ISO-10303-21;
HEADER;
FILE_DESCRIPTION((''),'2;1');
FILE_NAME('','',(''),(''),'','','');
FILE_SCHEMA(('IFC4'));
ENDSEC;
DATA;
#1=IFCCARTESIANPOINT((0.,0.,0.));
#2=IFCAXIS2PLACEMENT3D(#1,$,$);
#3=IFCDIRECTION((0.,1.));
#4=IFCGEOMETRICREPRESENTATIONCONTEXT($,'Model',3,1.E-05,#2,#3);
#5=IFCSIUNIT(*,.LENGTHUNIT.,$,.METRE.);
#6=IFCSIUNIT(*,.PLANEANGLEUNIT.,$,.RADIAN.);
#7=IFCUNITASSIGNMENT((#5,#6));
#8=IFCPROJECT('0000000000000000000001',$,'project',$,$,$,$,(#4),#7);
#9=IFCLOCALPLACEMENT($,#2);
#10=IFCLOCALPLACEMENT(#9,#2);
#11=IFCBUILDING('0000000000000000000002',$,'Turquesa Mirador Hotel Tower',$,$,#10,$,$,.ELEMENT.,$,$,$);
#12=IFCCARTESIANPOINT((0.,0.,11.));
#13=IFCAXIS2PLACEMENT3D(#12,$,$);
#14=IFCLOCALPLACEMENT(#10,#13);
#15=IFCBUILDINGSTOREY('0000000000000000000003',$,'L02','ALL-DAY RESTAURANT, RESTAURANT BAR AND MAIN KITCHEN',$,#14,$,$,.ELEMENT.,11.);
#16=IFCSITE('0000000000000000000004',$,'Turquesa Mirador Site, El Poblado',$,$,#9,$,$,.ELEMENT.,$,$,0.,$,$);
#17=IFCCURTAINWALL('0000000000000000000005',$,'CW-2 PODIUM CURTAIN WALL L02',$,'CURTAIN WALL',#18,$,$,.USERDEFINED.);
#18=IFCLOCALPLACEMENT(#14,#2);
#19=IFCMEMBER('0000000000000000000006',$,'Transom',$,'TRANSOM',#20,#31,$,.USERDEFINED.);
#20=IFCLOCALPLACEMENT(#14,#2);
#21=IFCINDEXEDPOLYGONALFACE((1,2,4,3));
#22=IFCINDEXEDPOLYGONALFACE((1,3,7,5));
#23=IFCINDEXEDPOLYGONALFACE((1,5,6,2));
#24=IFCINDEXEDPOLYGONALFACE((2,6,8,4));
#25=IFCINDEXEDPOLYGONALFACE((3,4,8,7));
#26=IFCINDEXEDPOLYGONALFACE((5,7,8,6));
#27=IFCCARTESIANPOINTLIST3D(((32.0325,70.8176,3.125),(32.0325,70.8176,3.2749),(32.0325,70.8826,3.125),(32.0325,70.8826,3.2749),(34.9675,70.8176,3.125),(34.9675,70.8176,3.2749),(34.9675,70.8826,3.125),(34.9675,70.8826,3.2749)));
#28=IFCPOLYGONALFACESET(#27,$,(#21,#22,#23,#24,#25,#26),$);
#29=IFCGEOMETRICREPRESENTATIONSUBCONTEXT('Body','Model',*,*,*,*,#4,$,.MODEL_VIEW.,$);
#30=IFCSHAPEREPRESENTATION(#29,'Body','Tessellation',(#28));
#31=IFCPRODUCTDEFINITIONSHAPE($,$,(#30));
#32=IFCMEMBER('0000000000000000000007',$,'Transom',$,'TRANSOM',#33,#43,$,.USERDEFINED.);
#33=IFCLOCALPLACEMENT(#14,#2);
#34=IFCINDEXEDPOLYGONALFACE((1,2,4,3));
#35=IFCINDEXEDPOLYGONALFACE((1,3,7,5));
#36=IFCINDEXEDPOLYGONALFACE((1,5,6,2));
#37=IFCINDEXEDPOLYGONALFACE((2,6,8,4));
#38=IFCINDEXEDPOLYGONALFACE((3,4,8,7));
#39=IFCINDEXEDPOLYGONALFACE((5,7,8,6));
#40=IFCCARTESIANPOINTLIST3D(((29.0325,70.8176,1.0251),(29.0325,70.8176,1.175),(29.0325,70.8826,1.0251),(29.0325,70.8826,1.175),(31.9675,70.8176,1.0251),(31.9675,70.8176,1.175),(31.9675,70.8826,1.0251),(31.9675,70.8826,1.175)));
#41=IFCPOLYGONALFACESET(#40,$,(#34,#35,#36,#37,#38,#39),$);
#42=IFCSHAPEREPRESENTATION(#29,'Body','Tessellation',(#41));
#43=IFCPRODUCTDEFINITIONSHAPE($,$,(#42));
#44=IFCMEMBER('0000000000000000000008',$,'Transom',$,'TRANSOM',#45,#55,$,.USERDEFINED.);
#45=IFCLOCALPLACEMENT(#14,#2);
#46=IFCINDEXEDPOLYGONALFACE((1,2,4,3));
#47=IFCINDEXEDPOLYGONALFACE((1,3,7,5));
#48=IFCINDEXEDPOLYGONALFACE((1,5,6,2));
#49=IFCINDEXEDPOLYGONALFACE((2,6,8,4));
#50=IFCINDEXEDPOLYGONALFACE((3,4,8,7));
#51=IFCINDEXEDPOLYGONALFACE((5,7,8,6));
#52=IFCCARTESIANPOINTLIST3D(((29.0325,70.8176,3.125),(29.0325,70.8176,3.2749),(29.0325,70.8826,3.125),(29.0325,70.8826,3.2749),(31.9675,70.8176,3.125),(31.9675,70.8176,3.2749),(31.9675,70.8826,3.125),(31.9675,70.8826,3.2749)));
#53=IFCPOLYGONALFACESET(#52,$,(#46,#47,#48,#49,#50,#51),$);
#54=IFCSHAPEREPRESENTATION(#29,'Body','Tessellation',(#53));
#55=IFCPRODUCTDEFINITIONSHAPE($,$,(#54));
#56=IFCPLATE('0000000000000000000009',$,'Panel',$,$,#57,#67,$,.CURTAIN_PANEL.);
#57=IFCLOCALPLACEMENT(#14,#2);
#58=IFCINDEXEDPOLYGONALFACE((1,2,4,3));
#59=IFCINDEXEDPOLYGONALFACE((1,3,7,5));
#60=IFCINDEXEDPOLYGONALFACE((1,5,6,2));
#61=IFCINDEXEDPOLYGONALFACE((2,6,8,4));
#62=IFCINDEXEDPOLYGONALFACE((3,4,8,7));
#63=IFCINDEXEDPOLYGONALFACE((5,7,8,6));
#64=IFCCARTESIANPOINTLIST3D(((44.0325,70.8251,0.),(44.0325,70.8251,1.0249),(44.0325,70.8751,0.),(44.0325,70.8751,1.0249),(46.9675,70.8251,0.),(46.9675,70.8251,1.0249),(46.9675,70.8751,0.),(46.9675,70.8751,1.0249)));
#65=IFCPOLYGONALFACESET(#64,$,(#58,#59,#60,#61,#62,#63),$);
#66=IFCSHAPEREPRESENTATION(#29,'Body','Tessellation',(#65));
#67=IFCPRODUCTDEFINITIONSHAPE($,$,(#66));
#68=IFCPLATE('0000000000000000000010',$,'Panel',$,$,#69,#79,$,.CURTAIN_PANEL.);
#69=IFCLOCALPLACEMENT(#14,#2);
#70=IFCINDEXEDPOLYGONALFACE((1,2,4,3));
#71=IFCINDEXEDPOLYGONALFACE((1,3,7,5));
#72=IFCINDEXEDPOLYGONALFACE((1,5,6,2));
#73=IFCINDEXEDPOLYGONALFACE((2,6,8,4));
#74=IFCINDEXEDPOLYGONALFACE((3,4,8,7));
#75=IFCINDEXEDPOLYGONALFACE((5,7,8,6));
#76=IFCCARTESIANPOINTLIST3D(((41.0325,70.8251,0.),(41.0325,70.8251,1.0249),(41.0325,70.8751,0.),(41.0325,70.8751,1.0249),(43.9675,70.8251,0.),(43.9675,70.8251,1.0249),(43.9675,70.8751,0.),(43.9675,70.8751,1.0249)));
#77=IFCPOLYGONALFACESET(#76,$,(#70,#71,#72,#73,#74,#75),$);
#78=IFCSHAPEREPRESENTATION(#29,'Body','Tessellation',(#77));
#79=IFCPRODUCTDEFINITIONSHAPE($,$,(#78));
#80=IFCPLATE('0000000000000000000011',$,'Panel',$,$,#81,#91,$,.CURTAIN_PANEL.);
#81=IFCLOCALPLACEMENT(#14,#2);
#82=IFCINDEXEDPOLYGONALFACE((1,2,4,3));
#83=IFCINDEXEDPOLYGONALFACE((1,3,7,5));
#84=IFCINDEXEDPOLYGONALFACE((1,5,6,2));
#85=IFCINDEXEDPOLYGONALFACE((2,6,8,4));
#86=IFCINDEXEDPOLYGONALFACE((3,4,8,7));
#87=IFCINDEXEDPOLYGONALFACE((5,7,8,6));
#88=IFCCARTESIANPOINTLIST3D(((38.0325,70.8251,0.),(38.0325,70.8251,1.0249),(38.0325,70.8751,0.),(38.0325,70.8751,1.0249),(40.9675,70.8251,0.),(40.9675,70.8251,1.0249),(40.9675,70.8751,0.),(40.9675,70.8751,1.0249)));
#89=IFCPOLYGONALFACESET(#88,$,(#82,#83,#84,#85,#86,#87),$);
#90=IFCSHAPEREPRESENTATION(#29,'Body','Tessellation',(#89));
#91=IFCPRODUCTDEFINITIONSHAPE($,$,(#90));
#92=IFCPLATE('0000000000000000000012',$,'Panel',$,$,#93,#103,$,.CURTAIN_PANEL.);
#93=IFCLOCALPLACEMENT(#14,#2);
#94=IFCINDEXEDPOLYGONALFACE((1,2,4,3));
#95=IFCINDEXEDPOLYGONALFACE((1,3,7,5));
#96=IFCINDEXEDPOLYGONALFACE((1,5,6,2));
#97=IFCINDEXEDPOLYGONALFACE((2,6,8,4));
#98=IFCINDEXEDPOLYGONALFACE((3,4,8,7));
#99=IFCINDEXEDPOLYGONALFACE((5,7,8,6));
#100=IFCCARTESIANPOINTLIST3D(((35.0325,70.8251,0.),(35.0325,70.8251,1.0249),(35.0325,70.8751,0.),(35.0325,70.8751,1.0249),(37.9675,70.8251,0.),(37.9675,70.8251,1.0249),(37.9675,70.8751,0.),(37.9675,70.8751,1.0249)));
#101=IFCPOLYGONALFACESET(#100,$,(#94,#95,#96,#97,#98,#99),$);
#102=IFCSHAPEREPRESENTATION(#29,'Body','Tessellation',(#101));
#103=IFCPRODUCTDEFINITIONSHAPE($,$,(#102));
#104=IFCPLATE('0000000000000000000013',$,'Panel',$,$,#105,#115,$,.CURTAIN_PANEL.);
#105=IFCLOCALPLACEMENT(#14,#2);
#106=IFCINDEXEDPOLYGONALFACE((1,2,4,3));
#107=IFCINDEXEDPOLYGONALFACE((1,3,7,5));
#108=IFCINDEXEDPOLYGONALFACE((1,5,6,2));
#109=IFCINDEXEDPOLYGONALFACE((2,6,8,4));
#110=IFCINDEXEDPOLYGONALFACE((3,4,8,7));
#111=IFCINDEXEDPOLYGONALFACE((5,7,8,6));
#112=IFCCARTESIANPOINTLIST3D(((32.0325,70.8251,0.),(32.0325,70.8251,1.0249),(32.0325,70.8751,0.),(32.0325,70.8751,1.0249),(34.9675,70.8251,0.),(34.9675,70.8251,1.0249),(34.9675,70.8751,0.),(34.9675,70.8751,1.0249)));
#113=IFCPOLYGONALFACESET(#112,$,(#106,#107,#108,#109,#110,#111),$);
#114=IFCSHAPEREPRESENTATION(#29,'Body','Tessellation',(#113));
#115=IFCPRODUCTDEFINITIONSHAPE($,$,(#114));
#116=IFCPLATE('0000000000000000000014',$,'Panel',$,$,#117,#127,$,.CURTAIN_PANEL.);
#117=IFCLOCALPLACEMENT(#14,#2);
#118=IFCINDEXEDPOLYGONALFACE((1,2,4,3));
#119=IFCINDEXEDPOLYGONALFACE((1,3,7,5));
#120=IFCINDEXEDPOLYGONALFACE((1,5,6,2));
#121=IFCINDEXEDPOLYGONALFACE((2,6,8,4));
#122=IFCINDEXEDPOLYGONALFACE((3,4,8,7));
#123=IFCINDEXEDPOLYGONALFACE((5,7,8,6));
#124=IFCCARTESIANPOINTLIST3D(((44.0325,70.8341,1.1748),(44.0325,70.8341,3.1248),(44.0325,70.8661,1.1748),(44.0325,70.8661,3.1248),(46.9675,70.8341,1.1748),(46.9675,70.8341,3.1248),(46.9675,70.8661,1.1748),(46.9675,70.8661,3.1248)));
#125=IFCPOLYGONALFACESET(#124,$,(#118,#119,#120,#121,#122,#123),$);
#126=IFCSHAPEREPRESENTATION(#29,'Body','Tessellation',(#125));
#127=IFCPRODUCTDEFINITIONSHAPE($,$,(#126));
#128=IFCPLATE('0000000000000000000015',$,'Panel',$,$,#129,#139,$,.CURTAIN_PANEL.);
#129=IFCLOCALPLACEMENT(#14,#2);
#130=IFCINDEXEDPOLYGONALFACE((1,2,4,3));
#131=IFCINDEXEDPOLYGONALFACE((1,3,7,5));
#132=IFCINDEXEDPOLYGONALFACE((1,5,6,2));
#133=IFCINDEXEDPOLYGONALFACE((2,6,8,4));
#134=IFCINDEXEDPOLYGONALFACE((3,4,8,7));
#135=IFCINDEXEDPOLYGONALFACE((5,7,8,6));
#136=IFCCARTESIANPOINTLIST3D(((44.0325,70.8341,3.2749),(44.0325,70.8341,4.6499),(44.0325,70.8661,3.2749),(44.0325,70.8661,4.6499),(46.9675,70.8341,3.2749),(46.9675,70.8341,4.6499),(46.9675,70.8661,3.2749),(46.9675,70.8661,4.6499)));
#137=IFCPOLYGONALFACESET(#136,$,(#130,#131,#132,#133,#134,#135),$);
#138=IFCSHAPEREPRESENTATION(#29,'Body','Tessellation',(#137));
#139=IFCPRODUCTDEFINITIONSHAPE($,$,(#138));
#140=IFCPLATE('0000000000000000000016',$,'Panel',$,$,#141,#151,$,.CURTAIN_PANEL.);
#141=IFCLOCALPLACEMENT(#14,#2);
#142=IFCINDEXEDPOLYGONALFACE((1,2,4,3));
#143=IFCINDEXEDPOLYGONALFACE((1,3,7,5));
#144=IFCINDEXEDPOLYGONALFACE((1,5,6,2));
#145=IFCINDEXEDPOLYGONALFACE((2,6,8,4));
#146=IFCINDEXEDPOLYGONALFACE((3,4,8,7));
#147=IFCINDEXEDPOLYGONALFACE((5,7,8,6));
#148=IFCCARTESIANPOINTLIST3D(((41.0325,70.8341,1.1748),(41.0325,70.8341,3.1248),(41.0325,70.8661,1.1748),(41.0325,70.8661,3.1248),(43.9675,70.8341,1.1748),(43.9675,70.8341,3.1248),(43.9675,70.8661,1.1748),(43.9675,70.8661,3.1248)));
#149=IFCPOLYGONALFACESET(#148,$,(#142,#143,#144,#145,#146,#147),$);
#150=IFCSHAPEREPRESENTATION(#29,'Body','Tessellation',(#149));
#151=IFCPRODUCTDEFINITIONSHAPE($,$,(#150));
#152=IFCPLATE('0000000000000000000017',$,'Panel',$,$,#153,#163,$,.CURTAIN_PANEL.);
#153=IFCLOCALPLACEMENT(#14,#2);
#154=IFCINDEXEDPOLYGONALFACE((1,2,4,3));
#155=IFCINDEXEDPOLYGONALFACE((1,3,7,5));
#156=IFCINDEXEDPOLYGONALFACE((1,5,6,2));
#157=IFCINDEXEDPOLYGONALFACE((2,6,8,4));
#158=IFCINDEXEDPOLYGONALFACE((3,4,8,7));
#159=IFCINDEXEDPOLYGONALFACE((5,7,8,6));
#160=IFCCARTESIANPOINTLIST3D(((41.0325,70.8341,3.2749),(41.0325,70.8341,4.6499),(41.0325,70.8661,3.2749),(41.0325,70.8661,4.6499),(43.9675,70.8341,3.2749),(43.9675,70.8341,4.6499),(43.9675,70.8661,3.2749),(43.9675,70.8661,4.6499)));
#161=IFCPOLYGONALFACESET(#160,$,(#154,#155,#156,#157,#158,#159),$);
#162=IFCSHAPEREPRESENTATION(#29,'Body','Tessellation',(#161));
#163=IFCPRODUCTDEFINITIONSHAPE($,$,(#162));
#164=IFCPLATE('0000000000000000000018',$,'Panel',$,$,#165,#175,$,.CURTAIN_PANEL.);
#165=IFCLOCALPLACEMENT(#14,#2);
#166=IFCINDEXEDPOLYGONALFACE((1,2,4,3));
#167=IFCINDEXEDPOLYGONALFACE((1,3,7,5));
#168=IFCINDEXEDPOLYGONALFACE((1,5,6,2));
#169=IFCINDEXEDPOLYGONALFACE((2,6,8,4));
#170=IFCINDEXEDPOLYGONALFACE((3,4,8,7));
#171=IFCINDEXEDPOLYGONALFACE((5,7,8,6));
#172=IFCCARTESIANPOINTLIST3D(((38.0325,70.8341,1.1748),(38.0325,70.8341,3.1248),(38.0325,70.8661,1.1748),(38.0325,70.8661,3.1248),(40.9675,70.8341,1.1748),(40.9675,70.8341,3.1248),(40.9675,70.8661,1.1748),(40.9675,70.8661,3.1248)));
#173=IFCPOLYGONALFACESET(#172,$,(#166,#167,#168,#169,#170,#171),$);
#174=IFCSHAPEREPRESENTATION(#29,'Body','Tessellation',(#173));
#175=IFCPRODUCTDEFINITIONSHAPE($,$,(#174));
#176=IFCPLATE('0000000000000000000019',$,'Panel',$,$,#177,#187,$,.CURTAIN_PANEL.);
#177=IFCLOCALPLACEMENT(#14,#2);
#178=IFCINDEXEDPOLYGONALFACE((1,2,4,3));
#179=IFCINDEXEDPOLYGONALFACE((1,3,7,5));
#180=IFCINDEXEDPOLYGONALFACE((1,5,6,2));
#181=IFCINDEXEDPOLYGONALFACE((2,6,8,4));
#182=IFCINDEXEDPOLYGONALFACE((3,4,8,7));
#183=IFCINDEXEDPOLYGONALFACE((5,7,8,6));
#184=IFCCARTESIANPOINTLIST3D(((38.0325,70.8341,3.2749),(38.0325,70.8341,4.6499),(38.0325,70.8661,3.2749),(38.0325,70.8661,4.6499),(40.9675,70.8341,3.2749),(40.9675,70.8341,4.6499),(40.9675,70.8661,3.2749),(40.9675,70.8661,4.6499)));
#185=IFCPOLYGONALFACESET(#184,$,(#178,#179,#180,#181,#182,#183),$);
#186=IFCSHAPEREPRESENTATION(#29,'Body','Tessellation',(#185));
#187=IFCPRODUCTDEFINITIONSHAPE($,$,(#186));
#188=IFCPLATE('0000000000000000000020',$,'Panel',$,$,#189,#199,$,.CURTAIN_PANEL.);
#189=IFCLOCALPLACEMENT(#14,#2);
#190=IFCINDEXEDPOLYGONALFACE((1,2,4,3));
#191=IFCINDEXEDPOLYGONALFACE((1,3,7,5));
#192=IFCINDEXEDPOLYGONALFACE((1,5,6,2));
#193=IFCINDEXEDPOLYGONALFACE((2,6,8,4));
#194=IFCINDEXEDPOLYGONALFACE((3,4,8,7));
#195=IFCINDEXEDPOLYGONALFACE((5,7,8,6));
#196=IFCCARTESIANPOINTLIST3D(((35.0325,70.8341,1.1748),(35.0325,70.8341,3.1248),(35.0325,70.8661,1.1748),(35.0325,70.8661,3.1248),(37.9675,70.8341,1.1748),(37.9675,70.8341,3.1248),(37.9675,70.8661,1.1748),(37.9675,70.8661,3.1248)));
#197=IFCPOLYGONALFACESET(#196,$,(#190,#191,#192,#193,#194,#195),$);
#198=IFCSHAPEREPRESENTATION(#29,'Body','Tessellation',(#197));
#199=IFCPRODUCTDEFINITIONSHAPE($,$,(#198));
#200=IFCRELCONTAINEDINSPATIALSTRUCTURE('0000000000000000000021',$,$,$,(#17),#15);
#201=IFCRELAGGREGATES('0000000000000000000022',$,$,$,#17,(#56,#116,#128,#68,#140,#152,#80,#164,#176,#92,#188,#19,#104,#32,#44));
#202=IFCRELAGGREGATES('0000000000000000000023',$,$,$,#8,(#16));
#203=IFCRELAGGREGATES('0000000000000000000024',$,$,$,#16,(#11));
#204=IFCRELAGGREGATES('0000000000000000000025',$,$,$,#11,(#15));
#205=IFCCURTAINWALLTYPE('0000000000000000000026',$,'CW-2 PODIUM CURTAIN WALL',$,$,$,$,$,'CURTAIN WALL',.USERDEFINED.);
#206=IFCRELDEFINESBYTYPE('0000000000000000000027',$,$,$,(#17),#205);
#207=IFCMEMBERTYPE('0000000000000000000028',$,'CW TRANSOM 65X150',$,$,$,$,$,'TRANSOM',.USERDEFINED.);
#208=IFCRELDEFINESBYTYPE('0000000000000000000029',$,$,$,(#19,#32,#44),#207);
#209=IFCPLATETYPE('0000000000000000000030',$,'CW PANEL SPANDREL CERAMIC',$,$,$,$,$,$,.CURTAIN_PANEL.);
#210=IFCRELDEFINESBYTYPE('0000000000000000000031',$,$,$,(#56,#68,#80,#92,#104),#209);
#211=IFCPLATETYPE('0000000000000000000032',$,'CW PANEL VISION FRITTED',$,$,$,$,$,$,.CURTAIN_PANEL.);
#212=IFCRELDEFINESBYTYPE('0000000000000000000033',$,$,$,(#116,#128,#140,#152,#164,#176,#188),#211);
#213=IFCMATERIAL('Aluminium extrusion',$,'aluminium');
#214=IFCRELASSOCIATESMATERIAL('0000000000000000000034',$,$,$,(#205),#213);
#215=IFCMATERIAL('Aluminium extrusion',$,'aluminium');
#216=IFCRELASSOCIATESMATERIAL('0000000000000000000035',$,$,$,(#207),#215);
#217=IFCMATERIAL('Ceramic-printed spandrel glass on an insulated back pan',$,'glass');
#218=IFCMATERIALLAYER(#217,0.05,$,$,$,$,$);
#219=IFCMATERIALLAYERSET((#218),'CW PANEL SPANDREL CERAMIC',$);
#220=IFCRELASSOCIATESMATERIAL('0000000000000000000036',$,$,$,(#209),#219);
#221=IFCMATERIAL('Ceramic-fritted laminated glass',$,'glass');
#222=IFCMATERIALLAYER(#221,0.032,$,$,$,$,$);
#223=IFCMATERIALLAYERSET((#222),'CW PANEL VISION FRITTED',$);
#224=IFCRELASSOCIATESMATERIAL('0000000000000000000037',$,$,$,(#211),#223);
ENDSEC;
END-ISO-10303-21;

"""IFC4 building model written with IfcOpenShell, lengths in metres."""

from ifc_helpers import new_model, si_unit, direction, frame, origin, origin_2d, place, context, subcontext, project, spatial, rectangle, extrude, material, layer, layer_set, material_profile, profile_set, type_object, element, aggregate, save


model = new_model("IFC4")

# Units and contexts
model_context = context("Model", 3, precision=1e-05, world=origin(), true_north=direction((0.0, 1.0)))
body_context = subcontext(model_context, "Body", "Model", "MODEL_VIEW")
ifc_project = project(units=[si_unit("LENGTHUNIT", "METRE"), si_unit("PLANEANGLEUNIT", "RADIAN")], contexts=[model_context])

# Site, building, storey
site_placement = place(None, origin())
site = spatial("IfcSite", under=ifc_project, at=site_placement, Name="Turquesa Mirador Site, El Poblado", CompositionType="ELEMENT", RefElevation=0.0)
building_placement = place(site_placement, origin())
building = spatial("IfcBuilding", under=site, at=building_placement, Name="Turquesa Mirador Hotel Tower", CompositionType="ELEMENT")
storey_placement = place(building_placement, frame((0.0, 0.0, 11.0)))
storey = spatial("IfcBuildingStorey", under=building, at=storey_placement, Name="L02", Description="ALL-DAY RESTAURANT, RESTAURANT BAR AND MAIN KITCHEN", CompositionType="ELEMENT", Elevation=11.0)

# Curtain wall, members, plates
ifc_material_1 = material(Name="Aluminium extrusion", Category="aluminium")
curtain_wall_type = type_object("IfcCurtainWallType", Name="CW-2 PODIUM CURTAIN WALL", ElementType="CURTAIN WALL", PredefinedType="USERDEFINED", material=ifc_material_1)
curtain_wall_placement = place(storey_placement, origin())
curtain_wall = element("IfcCurtainWall", 1, at=curtain_wall_placement, inside=storey, type_object=curtain_wall_type, Name="CW-2 PODIUM CURTAIN WALL L02", ObjectType="CURTAIN WALL", PredefinedType="USERDEFINED")
ifc_material_2 = material(Name="Aluminium extrusion", Category="aluminium")
ifc_material_profile_1 = material_profile(ifc_material_2, rectangle(XDim=0.0649, YDim=0.1499, at=origin_2d()), Name="TRANSOM 65X150")
ifc_profile_set_1 = profile_set([ifc_material_profile_1], Name="Aluminium extrusion")
member_type_1 = type_object("IfcMemberType", Name="CW TRANSOM 65X150", ElementType="TRANSOM", PredefinedType="USERDEFINED", material=ifc_profile_set_1)
member_1_placement = place(storey_placement, frame((34.9675, 70.8501, 3.2), z_axis=(-1.0, 0.0, 0.0), x_axis=(0.0, -1.0, 0.0)))
member_1 = element("IfcMember", 2, at=member_1_placement, type_object=member_type_1, Name="Transom", ObjectType="TRANSOM", PredefinedType="USERDEFINED", context=body_context, shape_type="SweptSolid", body=[
    extrude(rectangle(XDim=0.0649, YDim=0.1499, at=origin_2d()), origin(), (0.0, 0.0, 1.0), 2.9351),
])
member_2_placement = place(storey_placement, frame((31.9675, 70.8501, 1.1001), z_axis=(-1.0, 0.0, 0.0), x_axis=(0.0, -1.0, 0.0)))
member_2 = element("IfcMember", 3, at=member_2_placement, type_object=member_type_1, Name="Transom", ObjectType="TRANSOM", PredefinedType="USERDEFINED", context=body_context, shape_type="SweptSolid", body=[
    extrude(rectangle(XDim=0.0649, YDim=0.1499, at=origin_2d()), origin(), (0.0, 0.0, 1.0), 2.9351),
])
member_3_placement = place(storey_placement, frame((31.9675, 70.8501, 3.2), z_axis=(-1.0, 0.0, 0.0), x_axis=(0.0, -1.0, 0.0)))
member_3 = element("IfcMember", 4, at=member_3_placement, type_object=member_type_1, Name="Transom", ObjectType="TRANSOM", PredefinedType="USERDEFINED", context=body_context, shape_type="SweptSolid", body=[
    extrude(rectangle(XDim=0.0649, YDim=0.1499, at=origin_2d()), origin(), (0.0, 0.0, 1.0), 2.9351),
])
ifc_material_3 = material(Name="Ceramic-printed spandrel glass on an insulated back pan", Category="glass")
ifc_layer_1 = layer(ifc_material_3, 0.05)
ifc_layer_set_1 = layer_set([ifc_layer_1], Name="CW PANEL SPANDREL CERAMIC")
plate_type_1 = type_object("IfcPlateType", Name="CW PANEL SPANDREL CERAMIC", PredefinedType="CURTAIN_PANEL", material=ifc_layer_set_1)
plate_1_placement = place(storey_placement, frame((45.5, 70.8501, 0.0), z_axis=(0.0, 0.0, 1.0), x_axis=(-1.0, 0.0, 0.0)))
plate_1 = element("IfcPlate", 5, at=plate_1_placement, type_object=plate_type_1, Name="Panel", PredefinedType="CURTAIN_PANEL", context=body_context, shape_type="SweptSolid", body=[
    extrude(rectangle(XDim=2.9351, YDim=0.05, at=origin_2d()), origin(), (0.0, 0.0, 1.0), 1.0249),
])
plate_2_placement = place(storey_placement, frame((42.5, 70.8501, 0.0), z_axis=(0.0, 0.0, 1.0), x_axis=(-1.0, 0.0, 0.0)))
plate_2 = element("IfcPlate", 6, at=plate_2_placement, type_object=plate_type_1, Name="Panel", PredefinedType="CURTAIN_PANEL", context=body_context, shape_type="SweptSolid", body=[
    extrude(rectangle(XDim=2.9351, YDim=0.05, at=origin_2d()), origin(), (0.0, 0.0, 1.0), 1.0249),
])
plate_3_placement = place(storey_placement, frame((39.5, 70.8501, 0.0), z_axis=(0.0, 0.0, 1.0), x_axis=(-1.0, 0.0, 0.0)))
plate_3 = element("IfcPlate", 7, at=plate_3_placement, type_object=plate_type_1, Name="Panel", PredefinedType="CURTAIN_PANEL", context=body_context, shape_type="SweptSolid", body=[
    extrude(rectangle(XDim=2.9351, YDim=0.05, at=origin_2d()), origin(), (0.0, 0.0, 1.0), 1.0249),
])
plate_4_placement = place(storey_placement, frame((36.5, 70.8501, 0.0), z_axis=(0.0, 0.0, 1.0), x_axis=(-1.0, 0.0, 0.0)))
plate_4 = element("IfcPlate", 8, at=plate_4_placement, type_object=plate_type_1, Name="Panel", PredefinedType="CURTAIN_PANEL", context=body_context, shape_type="SweptSolid", body=[
    extrude(rectangle(XDim=2.9351, YDim=0.05, at=origin_2d()), origin(), (0.0, 0.0, 1.0), 1.0249),
])
plate_5_placement = place(storey_placement, frame((33.5, 70.8501, 0.0), z_axis=(0.0, 0.0, 1.0), x_axis=(-1.0, 0.0, 0.0)))
plate_5 = element("IfcPlate", 9, at=plate_5_placement, type_object=plate_type_1, Name="Panel", PredefinedType="CURTAIN_PANEL", context=body_context, shape_type="SweptSolid", body=[
    extrude(rectangle(XDim=2.9351, YDim=0.05, at=origin_2d()), origin(), (0.0, 0.0, 1.0), 1.0249),
])
ifc_material_4 = material(Name="Ceramic-fritted laminated glass", Category="glass")
ifc_layer_2 = layer(ifc_material_4, 0.032)
ifc_layer_set_2 = layer_set([ifc_layer_2], Name="CW PANEL VISION FRITTED")
plate_type_2 = type_object("IfcPlateType", Name="CW PANEL VISION FRITTED", PredefinedType="CURTAIN_PANEL", material=ifc_layer_set_2)
plate_6_placement = place(storey_placement, frame((45.5, 70.8501, 1.1748), z_axis=(0.0, 0.0, 1.0), x_axis=(-1.0, 0.0, 0.0)))
plate_6 = element("IfcPlate", 10, at=plate_6_placement, type_object=plate_type_2, Name="Panel", PredefinedType="CURTAIN_PANEL", context=body_context, shape_type="SweptSolid", body=[
    extrude(rectangle(XDim=2.9351, YDim=0.032, at=origin_2d()), origin(), (0.0, 0.0, 1.0), 1.95),
])
plate_7_placement = place(storey_placement, frame((45.5, 70.8501, 3.2749), z_axis=(0.0, 0.0, 1.0), x_axis=(-1.0, 0.0, 0.0)))
plate_7 = element("IfcPlate", 11, at=plate_7_placement, type_object=plate_type_2, Name="Panel", PredefinedType="CURTAIN_PANEL", context=body_context, shape_type="SweptSolid", body=[
    extrude(rectangle(XDim=2.9351, YDim=0.032, at=origin_2d()), origin(), (0.0, 0.0, 1.0), 1.375),
])
plate_8_placement = place(storey_placement, frame((42.5, 70.8501, 1.1748), z_axis=(0.0, 0.0, 1.0), x_axis=(-1.0, 0.0, 0.0)))
plate_8 = element("IfcPlate", 12, at=plate_8_placement, type_object=plate_type_2, Name="Panel", PredefinedType="CURTAIN_PANEL", context=body_context, shape_type="SweptSolid", body=[
    extrude(rectangle(XDim=2.9351, YDim=0.032, at=origin_2d()), origin(), (0.0, 0.0, 1.0), 1.95),
])
plate_9_placement = place(storey_placement, frame((42.5, 70.8501, 3.2749), z_axis=(0.0, 0.0, 1.0), x_axis=(-1.0, 0.0, 0.0)))
plate_9 = element("IfcPlate", 13, at=plate_9_placement, type_object=plate_type_2, Name="Panel", PredefinedType="CURTAIN_PANEL", context=body_context, shape_type="SweptSolid", body=[
    extrude(rectangle(XDim=2.9351, YDim=0.032, at=origin_2d()), origin(), (0.0, 0.0, 1.0), 1.375),
])
plate_10_placement = place(storey_placement, frame((39.5, 70.8501, 1.1748), z_axis=(0.0, 0.0, 1.0), x_axis=(-1.0, 0.0, 0.0)))
plate_10 = element("IfcPlate", 14, at=plate_10_placement, type_object=plate_type_2, Name="Panel", PredefinedType="CURTAIN_PANEL", context=body_context, shape_type="SweptSolid", body=[
    extrude(rectangle(XDim=2.9351, YDim=0.032, at=origin_2d()), origin(), (0.0, 0.0, 1.0), 1.95),
])
plate_11_placement = place(storey_placement, frame((39.5, 70.8501, 3.2749), z_axis=(0.0, 0.0, 1.0), x_axis=(-1.0, 0.0, 0.0)))
plate_11 = element("IfcPlate", 15, at=plate_11_placement, type_object=plate_type_2, Name="Panel", PredefinedType="CURTAIN_PANEL", context=body_context, shape_type="SweptSolid", body=[
    extrude(rectangle(XDim=2.9351, YDim=0.032, at=origin_2d()), origin(), (0.0, 0.0, 1.0), 1.375),
])
plate_12_placement = place(storey_placement, frame((36.5, 70.8501, 1.1748), z_axis=(0.0, 0.0, 1.0), x_axis=(-1.0, 0.0, 0.0)))
plate_12 = element("IfcPlate", 16, at=plate_12_placement, type_object=plate_type_2, Name="Panel", PredefinedType="CURTAIN_PANEL", context=body_context, shape_type="SweptSolid", body=[
    extrude(rectangle(XDim=2.9351, YDim=0.032, at=origin_2d()), origin(), (0.0, 0.0, 1.0), 1.95),
])
aggregate(curtain_wall, [plate_1, plate_6, plate_7, plate_2, plate_8, plate_9, plate_3, plate_10, plate_11, plate_4, plate_12, member_1, plate_5, member_2, member_3])

save(model, "model.ifc")
